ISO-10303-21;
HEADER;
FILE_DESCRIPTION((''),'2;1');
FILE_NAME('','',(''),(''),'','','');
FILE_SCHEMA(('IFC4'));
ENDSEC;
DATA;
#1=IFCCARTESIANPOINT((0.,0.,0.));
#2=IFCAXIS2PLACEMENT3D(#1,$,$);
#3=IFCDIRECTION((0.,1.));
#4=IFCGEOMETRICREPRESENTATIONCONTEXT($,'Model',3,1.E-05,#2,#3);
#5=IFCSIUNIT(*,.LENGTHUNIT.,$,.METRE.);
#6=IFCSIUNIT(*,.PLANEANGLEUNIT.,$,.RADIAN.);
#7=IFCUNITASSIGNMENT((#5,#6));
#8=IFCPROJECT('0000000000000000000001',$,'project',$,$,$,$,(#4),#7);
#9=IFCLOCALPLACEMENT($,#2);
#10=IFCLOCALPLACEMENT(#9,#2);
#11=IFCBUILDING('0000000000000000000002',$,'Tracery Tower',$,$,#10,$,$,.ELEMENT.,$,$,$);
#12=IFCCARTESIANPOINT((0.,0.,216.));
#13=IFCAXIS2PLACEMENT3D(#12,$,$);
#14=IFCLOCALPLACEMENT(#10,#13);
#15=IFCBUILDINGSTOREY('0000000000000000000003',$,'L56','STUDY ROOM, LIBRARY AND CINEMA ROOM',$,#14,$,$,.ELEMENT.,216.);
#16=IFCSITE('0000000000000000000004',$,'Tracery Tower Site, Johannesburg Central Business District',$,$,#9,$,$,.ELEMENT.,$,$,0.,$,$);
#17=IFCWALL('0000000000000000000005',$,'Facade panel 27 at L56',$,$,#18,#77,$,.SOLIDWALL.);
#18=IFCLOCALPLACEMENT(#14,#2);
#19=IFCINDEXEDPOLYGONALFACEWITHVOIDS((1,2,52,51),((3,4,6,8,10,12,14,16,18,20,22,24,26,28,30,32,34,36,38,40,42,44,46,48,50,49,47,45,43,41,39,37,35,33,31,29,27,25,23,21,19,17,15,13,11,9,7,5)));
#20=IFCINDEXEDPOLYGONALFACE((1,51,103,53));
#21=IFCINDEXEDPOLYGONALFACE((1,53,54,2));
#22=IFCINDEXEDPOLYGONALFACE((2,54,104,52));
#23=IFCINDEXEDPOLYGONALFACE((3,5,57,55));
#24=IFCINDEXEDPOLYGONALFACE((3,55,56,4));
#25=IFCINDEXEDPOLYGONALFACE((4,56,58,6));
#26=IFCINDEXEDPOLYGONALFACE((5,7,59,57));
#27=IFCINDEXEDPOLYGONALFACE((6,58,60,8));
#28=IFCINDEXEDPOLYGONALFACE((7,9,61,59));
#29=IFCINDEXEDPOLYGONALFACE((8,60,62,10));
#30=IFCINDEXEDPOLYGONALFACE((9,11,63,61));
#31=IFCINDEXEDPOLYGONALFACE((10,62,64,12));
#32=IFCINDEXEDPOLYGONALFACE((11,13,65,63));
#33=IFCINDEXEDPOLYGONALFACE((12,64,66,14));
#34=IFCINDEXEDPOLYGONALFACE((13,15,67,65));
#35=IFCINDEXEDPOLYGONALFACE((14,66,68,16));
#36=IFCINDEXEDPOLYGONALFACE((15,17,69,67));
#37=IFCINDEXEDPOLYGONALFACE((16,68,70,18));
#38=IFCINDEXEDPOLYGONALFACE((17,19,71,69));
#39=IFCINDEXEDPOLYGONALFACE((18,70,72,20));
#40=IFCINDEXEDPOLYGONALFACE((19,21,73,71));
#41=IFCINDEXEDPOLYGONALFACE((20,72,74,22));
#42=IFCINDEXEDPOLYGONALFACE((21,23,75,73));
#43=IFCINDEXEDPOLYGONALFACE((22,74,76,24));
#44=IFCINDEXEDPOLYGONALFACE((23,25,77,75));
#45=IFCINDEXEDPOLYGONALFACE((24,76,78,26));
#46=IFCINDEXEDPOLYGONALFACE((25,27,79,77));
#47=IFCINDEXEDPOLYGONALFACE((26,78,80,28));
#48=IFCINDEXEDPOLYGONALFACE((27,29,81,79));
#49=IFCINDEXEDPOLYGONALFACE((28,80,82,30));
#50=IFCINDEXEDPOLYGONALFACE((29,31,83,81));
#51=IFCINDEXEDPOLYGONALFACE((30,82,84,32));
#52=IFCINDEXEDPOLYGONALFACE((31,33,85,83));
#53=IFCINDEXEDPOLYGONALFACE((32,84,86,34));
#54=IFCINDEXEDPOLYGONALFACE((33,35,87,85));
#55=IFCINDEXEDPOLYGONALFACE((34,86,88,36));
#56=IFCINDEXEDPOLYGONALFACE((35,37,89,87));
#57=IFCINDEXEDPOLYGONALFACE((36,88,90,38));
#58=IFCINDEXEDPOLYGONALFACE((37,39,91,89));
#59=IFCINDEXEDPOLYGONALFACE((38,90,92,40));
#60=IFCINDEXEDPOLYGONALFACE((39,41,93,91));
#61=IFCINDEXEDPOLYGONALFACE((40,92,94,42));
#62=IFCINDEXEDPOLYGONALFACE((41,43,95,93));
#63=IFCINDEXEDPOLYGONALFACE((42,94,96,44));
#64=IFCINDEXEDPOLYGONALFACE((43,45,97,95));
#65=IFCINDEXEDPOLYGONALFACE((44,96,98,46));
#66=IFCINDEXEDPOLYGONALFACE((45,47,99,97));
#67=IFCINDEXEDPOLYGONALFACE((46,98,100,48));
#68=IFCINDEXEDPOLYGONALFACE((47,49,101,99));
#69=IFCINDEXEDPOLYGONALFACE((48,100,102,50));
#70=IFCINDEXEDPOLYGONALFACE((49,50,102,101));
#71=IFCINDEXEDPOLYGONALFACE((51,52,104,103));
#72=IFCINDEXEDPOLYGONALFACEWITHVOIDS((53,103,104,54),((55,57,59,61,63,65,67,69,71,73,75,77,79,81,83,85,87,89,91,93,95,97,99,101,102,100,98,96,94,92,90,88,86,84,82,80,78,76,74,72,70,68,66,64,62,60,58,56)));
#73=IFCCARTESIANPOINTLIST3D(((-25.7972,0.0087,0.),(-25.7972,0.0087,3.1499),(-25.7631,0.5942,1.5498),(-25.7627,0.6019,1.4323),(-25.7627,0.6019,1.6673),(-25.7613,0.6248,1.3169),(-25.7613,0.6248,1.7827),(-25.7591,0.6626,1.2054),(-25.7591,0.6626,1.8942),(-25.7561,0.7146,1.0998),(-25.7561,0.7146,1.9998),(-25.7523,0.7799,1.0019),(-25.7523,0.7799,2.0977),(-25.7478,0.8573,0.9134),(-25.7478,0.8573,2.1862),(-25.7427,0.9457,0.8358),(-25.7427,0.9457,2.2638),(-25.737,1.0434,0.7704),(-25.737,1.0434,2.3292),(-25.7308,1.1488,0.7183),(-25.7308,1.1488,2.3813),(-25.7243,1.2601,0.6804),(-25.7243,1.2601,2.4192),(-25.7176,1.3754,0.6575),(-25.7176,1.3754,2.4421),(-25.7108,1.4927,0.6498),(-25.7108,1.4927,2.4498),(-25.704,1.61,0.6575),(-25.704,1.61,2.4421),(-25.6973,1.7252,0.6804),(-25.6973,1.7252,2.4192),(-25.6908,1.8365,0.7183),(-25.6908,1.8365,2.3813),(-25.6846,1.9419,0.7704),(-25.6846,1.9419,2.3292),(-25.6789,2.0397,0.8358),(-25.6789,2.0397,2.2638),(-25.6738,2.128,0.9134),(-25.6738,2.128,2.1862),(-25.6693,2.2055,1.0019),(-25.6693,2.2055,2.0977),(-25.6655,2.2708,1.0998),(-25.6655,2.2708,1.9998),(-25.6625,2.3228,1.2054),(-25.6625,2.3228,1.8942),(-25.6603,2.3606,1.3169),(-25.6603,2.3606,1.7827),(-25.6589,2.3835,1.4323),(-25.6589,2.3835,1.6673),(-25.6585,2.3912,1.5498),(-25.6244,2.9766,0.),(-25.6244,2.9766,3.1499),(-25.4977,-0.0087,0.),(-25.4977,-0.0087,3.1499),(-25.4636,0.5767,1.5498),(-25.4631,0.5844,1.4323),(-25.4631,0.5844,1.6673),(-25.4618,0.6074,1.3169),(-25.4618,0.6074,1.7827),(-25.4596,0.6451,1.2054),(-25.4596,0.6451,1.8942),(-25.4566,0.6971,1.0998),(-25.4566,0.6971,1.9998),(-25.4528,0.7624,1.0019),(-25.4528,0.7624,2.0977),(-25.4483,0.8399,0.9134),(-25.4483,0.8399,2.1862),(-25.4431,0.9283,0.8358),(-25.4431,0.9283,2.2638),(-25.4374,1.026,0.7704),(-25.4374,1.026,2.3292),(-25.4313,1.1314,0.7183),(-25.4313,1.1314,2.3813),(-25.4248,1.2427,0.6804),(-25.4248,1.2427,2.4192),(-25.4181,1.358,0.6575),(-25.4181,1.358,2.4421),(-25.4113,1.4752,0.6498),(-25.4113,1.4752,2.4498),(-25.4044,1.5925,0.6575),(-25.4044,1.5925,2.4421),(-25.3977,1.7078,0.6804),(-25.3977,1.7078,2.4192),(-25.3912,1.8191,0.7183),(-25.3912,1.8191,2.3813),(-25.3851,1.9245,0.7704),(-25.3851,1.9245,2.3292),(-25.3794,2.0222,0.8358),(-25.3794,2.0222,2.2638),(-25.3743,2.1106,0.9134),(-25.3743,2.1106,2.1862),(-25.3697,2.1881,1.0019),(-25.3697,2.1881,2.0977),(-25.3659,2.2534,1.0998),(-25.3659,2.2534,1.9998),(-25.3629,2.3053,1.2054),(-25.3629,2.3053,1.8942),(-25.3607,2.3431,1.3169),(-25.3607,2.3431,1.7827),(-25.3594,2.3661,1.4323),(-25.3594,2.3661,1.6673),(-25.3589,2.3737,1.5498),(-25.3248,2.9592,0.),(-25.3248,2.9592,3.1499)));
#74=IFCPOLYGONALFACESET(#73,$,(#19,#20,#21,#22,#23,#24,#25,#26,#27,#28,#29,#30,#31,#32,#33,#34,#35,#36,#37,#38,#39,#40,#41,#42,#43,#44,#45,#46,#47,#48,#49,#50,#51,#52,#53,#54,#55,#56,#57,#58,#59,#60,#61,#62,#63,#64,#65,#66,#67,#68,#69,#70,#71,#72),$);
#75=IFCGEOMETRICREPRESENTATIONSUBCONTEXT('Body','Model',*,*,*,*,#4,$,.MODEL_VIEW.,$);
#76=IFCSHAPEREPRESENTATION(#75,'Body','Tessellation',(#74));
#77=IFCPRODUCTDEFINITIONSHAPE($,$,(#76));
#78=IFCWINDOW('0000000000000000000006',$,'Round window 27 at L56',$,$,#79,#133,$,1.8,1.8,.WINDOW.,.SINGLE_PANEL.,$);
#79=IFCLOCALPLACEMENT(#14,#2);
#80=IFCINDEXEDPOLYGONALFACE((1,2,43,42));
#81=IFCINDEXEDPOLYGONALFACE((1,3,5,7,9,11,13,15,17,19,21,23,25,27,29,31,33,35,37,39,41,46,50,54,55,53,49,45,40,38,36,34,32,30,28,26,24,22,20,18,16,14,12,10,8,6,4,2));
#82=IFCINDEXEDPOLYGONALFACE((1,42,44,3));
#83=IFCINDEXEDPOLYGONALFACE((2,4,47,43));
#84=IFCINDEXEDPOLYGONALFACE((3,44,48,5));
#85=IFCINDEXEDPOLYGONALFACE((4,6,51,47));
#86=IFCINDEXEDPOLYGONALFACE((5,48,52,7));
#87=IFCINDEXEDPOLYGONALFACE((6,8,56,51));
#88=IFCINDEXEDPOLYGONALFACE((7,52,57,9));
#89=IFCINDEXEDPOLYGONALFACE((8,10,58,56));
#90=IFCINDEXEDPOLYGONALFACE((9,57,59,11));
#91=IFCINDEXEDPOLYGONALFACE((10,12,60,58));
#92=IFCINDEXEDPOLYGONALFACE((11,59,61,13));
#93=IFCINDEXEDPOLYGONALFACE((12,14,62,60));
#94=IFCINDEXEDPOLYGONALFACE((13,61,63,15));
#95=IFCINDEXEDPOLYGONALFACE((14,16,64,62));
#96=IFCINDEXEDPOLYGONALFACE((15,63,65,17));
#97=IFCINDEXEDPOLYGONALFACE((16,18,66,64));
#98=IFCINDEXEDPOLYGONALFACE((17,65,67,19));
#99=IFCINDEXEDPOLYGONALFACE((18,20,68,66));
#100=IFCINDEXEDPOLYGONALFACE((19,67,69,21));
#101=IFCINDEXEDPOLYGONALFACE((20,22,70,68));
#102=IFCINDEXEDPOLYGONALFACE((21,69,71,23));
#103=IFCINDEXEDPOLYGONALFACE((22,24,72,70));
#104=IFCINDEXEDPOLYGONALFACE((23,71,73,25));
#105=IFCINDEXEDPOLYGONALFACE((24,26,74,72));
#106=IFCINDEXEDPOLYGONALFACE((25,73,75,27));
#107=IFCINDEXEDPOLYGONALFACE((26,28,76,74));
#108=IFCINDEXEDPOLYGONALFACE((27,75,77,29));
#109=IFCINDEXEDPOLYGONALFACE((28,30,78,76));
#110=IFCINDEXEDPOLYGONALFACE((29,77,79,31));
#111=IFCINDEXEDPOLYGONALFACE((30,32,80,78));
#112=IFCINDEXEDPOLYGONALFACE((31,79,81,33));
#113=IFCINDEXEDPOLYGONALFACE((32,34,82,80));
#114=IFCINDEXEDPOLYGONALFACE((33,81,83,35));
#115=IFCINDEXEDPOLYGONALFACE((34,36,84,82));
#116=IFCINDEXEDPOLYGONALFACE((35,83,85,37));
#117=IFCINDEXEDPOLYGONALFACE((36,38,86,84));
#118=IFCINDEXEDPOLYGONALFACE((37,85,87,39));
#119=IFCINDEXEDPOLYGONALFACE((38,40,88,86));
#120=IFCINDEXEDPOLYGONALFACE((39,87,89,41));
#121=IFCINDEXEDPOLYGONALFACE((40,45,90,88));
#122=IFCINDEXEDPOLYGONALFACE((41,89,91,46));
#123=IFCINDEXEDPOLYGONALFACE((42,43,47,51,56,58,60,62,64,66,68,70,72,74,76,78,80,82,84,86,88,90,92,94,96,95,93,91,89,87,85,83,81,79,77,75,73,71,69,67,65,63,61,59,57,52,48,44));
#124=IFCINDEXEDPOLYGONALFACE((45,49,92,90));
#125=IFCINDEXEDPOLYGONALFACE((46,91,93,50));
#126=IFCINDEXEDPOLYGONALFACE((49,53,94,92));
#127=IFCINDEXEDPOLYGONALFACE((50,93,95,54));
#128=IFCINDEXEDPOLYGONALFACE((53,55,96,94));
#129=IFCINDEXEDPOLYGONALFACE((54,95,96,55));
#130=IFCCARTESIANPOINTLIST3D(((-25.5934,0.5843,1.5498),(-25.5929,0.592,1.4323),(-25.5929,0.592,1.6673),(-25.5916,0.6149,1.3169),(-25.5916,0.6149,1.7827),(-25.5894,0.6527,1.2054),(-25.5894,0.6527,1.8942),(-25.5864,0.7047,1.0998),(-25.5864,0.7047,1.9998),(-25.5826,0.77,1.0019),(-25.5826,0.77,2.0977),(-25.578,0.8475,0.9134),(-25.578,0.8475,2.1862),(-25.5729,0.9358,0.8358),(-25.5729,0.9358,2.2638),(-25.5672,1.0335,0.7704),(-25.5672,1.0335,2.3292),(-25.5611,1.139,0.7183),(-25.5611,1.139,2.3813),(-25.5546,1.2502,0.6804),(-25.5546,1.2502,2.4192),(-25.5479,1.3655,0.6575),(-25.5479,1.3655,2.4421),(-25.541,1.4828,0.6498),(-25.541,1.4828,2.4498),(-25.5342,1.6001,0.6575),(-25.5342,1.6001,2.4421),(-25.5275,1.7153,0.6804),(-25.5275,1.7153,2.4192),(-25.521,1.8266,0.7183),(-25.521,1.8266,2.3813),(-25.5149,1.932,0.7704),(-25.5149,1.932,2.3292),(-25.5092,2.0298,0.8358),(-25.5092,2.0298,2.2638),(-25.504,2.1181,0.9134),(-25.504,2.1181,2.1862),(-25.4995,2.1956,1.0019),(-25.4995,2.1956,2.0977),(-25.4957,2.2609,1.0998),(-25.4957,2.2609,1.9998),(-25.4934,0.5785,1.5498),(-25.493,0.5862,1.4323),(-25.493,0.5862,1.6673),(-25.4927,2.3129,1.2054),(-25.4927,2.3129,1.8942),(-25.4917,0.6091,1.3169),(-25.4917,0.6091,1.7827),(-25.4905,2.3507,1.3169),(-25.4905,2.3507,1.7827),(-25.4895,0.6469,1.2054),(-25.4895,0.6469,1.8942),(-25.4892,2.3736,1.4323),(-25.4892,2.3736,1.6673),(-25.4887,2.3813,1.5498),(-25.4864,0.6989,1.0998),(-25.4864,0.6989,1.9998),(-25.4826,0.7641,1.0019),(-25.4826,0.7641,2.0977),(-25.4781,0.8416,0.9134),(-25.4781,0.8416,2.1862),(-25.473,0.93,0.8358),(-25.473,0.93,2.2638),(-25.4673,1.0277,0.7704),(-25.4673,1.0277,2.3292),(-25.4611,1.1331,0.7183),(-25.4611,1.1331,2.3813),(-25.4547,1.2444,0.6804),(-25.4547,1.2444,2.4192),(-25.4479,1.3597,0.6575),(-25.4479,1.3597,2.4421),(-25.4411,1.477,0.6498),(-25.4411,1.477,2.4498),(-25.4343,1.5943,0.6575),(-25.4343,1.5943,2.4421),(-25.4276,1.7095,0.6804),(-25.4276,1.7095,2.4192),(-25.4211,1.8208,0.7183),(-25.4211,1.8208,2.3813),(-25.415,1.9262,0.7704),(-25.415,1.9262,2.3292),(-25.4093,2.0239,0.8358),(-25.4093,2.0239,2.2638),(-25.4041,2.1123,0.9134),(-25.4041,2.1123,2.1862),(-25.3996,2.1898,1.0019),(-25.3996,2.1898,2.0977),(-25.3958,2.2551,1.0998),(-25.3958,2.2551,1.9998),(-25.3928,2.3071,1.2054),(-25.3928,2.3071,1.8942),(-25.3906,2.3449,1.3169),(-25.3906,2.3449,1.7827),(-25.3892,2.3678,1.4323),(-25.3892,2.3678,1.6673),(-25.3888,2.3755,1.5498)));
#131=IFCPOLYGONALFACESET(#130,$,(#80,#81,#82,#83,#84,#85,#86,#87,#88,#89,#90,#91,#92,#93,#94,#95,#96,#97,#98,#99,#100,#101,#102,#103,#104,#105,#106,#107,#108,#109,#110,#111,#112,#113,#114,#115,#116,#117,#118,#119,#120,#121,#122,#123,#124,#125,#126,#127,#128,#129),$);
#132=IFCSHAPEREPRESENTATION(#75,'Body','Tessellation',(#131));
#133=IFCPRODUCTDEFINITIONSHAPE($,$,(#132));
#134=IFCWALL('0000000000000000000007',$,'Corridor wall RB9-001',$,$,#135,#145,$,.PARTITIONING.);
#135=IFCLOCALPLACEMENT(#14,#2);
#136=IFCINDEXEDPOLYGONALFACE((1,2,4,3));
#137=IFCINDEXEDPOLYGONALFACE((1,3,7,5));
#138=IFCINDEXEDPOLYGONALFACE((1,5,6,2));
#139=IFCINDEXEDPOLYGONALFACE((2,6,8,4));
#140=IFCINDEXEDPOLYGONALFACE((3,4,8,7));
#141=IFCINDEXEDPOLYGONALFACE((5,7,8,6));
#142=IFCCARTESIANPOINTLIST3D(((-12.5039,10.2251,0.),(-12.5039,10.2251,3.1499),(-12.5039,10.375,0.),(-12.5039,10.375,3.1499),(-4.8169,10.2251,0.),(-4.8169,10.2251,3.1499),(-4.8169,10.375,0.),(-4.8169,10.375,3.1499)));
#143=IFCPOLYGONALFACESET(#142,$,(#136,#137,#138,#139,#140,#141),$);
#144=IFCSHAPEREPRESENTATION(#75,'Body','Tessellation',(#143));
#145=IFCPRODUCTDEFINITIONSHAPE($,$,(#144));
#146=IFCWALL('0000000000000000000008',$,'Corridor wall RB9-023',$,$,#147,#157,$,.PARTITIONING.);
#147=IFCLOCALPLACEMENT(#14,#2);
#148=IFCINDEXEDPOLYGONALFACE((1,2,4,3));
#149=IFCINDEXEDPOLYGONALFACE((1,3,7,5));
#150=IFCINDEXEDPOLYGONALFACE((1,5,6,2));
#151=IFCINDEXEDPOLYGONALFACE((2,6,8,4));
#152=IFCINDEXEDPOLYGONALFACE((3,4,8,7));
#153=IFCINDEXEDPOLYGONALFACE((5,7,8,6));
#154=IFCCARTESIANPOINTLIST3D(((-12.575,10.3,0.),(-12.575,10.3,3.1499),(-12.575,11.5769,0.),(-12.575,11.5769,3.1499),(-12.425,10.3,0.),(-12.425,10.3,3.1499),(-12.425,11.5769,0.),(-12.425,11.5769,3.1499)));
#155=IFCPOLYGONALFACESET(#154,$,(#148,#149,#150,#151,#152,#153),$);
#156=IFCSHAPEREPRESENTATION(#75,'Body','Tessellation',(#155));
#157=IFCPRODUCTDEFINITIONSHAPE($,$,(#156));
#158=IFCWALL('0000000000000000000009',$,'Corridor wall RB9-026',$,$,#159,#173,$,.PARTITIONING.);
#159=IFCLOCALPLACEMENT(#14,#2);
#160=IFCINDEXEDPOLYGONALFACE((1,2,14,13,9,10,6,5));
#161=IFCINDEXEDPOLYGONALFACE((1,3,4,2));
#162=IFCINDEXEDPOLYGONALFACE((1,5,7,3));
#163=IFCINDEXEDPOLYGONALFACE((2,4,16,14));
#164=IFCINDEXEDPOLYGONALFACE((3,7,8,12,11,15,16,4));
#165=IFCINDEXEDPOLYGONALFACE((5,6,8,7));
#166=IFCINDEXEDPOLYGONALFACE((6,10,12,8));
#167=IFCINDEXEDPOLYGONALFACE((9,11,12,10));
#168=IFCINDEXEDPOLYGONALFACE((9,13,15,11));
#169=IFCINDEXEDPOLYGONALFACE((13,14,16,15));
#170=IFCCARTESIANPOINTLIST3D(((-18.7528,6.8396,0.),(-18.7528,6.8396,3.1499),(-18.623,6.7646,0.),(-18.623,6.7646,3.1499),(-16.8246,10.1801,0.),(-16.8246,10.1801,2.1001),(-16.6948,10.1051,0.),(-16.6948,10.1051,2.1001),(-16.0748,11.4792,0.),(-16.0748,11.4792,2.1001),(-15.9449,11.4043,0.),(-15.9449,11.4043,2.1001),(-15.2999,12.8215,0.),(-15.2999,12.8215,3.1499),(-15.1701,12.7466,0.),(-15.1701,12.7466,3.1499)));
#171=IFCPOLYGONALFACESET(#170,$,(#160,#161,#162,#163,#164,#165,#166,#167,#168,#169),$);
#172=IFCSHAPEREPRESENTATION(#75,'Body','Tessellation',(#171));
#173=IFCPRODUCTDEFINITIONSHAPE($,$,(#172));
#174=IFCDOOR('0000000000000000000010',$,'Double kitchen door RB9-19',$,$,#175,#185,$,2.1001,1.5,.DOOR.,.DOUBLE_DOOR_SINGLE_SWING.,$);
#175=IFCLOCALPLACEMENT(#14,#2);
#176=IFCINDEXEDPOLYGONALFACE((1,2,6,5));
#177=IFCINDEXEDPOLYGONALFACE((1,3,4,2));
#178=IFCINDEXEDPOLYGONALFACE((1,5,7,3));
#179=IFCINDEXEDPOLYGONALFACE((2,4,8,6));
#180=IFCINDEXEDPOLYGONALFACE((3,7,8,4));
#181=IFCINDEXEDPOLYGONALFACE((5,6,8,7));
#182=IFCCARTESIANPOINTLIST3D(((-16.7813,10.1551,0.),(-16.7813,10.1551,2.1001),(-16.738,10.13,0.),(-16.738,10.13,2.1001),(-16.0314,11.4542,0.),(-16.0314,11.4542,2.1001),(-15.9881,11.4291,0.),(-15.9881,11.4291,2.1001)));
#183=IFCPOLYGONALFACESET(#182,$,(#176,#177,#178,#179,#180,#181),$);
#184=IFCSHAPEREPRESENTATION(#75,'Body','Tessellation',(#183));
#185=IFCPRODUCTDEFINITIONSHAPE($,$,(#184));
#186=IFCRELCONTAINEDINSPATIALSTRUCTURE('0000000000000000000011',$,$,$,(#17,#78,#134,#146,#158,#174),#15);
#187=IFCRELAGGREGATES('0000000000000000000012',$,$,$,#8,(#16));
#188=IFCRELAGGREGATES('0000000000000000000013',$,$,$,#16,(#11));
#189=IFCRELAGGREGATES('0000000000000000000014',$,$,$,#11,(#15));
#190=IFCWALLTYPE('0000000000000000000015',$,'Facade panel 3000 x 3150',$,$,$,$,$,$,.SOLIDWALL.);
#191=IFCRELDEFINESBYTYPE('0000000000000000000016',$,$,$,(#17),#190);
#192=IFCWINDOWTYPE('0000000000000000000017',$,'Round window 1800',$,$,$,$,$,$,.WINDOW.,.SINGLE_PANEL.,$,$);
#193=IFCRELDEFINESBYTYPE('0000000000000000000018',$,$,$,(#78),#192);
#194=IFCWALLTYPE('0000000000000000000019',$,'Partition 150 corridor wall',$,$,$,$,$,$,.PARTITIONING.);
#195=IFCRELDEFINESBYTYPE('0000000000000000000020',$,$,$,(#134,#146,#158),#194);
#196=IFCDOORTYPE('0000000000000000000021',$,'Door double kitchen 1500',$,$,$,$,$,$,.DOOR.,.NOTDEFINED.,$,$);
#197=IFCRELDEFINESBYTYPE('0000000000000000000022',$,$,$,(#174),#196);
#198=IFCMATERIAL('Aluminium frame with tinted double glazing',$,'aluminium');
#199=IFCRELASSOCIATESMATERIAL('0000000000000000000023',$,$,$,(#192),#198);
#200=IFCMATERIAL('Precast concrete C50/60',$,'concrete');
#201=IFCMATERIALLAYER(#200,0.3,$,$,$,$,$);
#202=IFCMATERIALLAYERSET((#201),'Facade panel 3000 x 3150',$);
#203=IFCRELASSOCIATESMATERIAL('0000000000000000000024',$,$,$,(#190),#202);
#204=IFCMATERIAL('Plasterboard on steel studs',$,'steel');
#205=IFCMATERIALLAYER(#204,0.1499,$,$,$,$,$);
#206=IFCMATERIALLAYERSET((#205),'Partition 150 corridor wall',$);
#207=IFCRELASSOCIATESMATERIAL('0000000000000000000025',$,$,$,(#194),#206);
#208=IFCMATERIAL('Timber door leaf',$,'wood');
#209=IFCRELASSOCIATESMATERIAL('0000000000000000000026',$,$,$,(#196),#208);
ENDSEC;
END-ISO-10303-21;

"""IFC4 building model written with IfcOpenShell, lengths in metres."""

from ifc_helpers import new_model, si_unit, direction, frame, frame_2d, origin, origin_2d, place, context, subcontext, project, spatial, rectangle, circle, extrude, material, layer, layer_set, type_object, element, fill, save


model = new_model("IFC4")

# Units and contexts
model_context = context("Model", 3, precision=1e-05, world=origin(), true_north=direction((0.0, 1.0)))
body_context = subcontext(model_context, "Body", "Model", "MODEL_VIEW")
ifc_project = project(units=[si_unit("LENGTHUNIT", "METRE"), si_unit("PLANEANGLEUNIT", "RADIAN")], contexts=[model_context])

# Site, building, storey
site_placement = place(None, origin())
site = spatial("IfcSite", under=ifc_project, at=site_placement, Name="Tracery Tower Site, Johannesburg Central Business District", CompositionType="ELEMENT", RefElevation=0.0)
building_placement = place(site_placement, origin())
building = spatial("IfcBuilding", under=site, at=building_placement, Name="Tracery Tower", CompositionType="ELEMENT")
storey_placement = place(building_placement, frame((0.0, 0.0, 216.0)))
storey = spatial("IfcBuildingStorey", under=building, at=storey_placement, Name="L56", Description="STUDY ROOM, LIBRARY AND CINEMA ROOM", CompositionType="ELEMENT", Elevation=216.0)

# Wall, opening, window
ifc_material_1 = material(Name="Aluminium frame with tinted double glazing", Category="aluminium")
window_type = type_object("IfcWindowType", Name="Round window 1800", PartitioningType="SINGLE_PANEL", PredefinedType="WINDOW", material=ifc_material_1)
ifc_material_2 = material(Name="Precast concrete C50/60", Category="concrete")
ifc_layer_1 = layer(ifc_material_2, 0.3)
ifc_layer_set_1 = layer_set([ifc_layer_1], Name="Facade panel 3000 x 3150")
wall_type_1 = type_object("IfcWallType", Name="Facade panel 3000 x 3150", PredefinedType="SOLIDWALL", material=ifc_layer_set_1)
wall_1_placement = place(storey_placement, frame((-25.4746, 2.9678, 0.0), z_axis=(0.0, 0.0, 1.0), x_axis=(-0.058144, -0.998308, 0.0)))
wall_1 = element("IfcWall", 1, at=wall_1_placement, inside=storey, type_object=wall_type_1, Name="Facade panel 27 at L56", PredefinedType="SOLIDWALL", context=body_context, shape_type="SweptSolid", body=[
    extrude(rectangle(XDim=2.9729, YDim=0.3, at=frame_2d((1.4863, 0.0))), origin(), (0.0, 0.0, 1.0), 3.1499),
])
opening_1_placement = place(wall_1_placement, frame((1.4863, 0.0, 1.5498)))
opening_1 = element("IfcOpeningElement", 2, at=opening_1_placement, cuts=wall_1, PredefinedType="OPENING", context=body_context, shape_type="SweptSolid", body=[
    extrude(circle(Radius=0.9, at=origin_2d()), frame((0.0, 0.1599, 0.0), z_axis=(0.0, -1.0, 0.0), x_axis=(1.0, 0.0, 0.0)), (0.0, 0.0, 1.0), 0.3201),
])
window_1_placement = place(opening_1_placement, origin())
window_1 = element("IfcWindow", 3, at=window_1_placement, inside=storey, type_object=window_type, Name="Round window 27 at L56", OverallHeight=1.8, OverallWidth=1.8, PartitioningType="SINGLE_PANEL", PredefinedType="WINDOW", context=body_context, shape_type="SweptSolid", body=[
    extrude(circle(Radius=0.9, at=origin_2d()), frame((0.0, 0.1201, 0.0), z_axis=(0.0, -1.0, 0.0), x_axis=(1.0, 0.0, 0.0)), (0.0, 0.0, 1.0), 0.1001),
])
fill(opening_1, window_1)

# Walls
ifc_material_3 = material(Name="Plasterboard on steel studs", Category="steel")
ifc_layer_2 = layer(ifc_material_3, 0.1499)
ifc_layer_set_2 = layer_set([ifc_layer_2], Name="Partition 150 corridor wall")
wall_type_2 = type_object("IfcWallType", Name="Partition 150 corridor wall", PredefinedType="PARTITIONING", material=ifc_layer_set_2)
wall_2_placement = place(storey_placement, frame((-12.5039, 10.3, 0.0), z_axis=(0.0, 0.0, 1.0), x_axis=(1.0, 0.0, 0.0)))
element("IfcWall", 4, at=wall_2_placement, inside=storey, type_object=wall_type_2, Name="Corridor wall RB9-001", PredefinedType="PARTITIONING", context=body_context, shape_type="SweptSolid", body=[
    extrude(rectangle(XDim=7.687, YDim=0.1499, at=frame_2d((3.8435, 0.0))), origin(), (0.0, 0.0, 1.0), 3.1499),
])
wall_3_placement = place(storey_placement, frame((-12.5, 10.3, 0.0), z_axis=(0.0, 0.0, 1.0), x_axis=(0.0, 1.0, 0.0)))
element("IfcWall", 5, at=wall_3_placement, inside=storey, type_object=wall_type_2, Name="Corridor wall RB9-023", PredefinedType="PARTITIONING", context=body_context, shape_type="SweptSolid", body=[
    extrude(rectangle(XDim=1.2769, YDim=0.1499, at=frame_2d((0.6384, 0.0))), origin(), (0.0, 0.0, 1.0), 3.1499),
])

# Wall, opening, door
wall_4_placement = place(storey_placement, frame((-18.688, 6.802, 0.0), z_axis=(0.0, 0.0, 1.0), x_axis=(0.499914, 0.866075, 0.0)))
wall_4 = element("IfcWall", 6, at=wall_4_placement, inside=storey, type_object=wall_type_2, Name="Corridor wall RB9-026", PredefinedType="PARTITIONING", context=body_context, shape_type="SweptSolid", body=[
    extrude(rectangle(XDim=6.907, YDim=0.1499, at=frame_2d((3.4536, 0.0))), origin(), (0.0, 0.0, 1.0), 3.1499),
])
opening_2_placement = place(wall_4_placement, frame((3.8572, 0.0, 0.0)))
opening_2 = element("IfcOpeningElement", 7, at=opening_2_placement, cuts=wall_4, PredefinedType="OPENING", context=body_context, shape_type="SweptSolid", body=[
    extrude(rectangle(XDim=1.5, YDim=2.1001, at=frame_2d((0.75, 1.05))), frame((0.0, 0.075, 0.0), z_axis=(0.0, -1.0, 0.0), x_axis=(1.0, 0.0, 0.0)), (0.0, 0.0, 1.0), 0.1499),
])
ifc_material_4 = material(Name="Timber door leaf", Category="wood")
door_type_1 = type_object("IfcDoorType", Name="Door double kitchen 1500", OperationType="NOTDEFINED", PredefinedType="DOOR", material=ifc_material_4)
door_1_placement = place(opening_2_placement, origin())
door_1 = element("IfcDoor", 8, at=door_1_placement, inside=storey, type_object=door_type_1, Name="Double kitchen door RB9-19", OperationType="DOUBLE_DOOR_SINGLE_SWING", OverallHeight=2.1001, OverallWidth=1.5, PredefinedType="DOOR", context=body_context, shape_type="SweptSolid", body=[
    extrude(rectangle(XDim=1.5, YDim=2.1001, at=frame_2d((0.75, 1.05))), frame((0.0, 0.0249, 0.0), z_axis=(0.0, -1.0, 0.0), x_axis=(1.0, 0.0, 0.0)), (0.0, 0.0, 1.0), 0.05),
])
fill(opening_2, door_1)

save(model, "model.ifc")
